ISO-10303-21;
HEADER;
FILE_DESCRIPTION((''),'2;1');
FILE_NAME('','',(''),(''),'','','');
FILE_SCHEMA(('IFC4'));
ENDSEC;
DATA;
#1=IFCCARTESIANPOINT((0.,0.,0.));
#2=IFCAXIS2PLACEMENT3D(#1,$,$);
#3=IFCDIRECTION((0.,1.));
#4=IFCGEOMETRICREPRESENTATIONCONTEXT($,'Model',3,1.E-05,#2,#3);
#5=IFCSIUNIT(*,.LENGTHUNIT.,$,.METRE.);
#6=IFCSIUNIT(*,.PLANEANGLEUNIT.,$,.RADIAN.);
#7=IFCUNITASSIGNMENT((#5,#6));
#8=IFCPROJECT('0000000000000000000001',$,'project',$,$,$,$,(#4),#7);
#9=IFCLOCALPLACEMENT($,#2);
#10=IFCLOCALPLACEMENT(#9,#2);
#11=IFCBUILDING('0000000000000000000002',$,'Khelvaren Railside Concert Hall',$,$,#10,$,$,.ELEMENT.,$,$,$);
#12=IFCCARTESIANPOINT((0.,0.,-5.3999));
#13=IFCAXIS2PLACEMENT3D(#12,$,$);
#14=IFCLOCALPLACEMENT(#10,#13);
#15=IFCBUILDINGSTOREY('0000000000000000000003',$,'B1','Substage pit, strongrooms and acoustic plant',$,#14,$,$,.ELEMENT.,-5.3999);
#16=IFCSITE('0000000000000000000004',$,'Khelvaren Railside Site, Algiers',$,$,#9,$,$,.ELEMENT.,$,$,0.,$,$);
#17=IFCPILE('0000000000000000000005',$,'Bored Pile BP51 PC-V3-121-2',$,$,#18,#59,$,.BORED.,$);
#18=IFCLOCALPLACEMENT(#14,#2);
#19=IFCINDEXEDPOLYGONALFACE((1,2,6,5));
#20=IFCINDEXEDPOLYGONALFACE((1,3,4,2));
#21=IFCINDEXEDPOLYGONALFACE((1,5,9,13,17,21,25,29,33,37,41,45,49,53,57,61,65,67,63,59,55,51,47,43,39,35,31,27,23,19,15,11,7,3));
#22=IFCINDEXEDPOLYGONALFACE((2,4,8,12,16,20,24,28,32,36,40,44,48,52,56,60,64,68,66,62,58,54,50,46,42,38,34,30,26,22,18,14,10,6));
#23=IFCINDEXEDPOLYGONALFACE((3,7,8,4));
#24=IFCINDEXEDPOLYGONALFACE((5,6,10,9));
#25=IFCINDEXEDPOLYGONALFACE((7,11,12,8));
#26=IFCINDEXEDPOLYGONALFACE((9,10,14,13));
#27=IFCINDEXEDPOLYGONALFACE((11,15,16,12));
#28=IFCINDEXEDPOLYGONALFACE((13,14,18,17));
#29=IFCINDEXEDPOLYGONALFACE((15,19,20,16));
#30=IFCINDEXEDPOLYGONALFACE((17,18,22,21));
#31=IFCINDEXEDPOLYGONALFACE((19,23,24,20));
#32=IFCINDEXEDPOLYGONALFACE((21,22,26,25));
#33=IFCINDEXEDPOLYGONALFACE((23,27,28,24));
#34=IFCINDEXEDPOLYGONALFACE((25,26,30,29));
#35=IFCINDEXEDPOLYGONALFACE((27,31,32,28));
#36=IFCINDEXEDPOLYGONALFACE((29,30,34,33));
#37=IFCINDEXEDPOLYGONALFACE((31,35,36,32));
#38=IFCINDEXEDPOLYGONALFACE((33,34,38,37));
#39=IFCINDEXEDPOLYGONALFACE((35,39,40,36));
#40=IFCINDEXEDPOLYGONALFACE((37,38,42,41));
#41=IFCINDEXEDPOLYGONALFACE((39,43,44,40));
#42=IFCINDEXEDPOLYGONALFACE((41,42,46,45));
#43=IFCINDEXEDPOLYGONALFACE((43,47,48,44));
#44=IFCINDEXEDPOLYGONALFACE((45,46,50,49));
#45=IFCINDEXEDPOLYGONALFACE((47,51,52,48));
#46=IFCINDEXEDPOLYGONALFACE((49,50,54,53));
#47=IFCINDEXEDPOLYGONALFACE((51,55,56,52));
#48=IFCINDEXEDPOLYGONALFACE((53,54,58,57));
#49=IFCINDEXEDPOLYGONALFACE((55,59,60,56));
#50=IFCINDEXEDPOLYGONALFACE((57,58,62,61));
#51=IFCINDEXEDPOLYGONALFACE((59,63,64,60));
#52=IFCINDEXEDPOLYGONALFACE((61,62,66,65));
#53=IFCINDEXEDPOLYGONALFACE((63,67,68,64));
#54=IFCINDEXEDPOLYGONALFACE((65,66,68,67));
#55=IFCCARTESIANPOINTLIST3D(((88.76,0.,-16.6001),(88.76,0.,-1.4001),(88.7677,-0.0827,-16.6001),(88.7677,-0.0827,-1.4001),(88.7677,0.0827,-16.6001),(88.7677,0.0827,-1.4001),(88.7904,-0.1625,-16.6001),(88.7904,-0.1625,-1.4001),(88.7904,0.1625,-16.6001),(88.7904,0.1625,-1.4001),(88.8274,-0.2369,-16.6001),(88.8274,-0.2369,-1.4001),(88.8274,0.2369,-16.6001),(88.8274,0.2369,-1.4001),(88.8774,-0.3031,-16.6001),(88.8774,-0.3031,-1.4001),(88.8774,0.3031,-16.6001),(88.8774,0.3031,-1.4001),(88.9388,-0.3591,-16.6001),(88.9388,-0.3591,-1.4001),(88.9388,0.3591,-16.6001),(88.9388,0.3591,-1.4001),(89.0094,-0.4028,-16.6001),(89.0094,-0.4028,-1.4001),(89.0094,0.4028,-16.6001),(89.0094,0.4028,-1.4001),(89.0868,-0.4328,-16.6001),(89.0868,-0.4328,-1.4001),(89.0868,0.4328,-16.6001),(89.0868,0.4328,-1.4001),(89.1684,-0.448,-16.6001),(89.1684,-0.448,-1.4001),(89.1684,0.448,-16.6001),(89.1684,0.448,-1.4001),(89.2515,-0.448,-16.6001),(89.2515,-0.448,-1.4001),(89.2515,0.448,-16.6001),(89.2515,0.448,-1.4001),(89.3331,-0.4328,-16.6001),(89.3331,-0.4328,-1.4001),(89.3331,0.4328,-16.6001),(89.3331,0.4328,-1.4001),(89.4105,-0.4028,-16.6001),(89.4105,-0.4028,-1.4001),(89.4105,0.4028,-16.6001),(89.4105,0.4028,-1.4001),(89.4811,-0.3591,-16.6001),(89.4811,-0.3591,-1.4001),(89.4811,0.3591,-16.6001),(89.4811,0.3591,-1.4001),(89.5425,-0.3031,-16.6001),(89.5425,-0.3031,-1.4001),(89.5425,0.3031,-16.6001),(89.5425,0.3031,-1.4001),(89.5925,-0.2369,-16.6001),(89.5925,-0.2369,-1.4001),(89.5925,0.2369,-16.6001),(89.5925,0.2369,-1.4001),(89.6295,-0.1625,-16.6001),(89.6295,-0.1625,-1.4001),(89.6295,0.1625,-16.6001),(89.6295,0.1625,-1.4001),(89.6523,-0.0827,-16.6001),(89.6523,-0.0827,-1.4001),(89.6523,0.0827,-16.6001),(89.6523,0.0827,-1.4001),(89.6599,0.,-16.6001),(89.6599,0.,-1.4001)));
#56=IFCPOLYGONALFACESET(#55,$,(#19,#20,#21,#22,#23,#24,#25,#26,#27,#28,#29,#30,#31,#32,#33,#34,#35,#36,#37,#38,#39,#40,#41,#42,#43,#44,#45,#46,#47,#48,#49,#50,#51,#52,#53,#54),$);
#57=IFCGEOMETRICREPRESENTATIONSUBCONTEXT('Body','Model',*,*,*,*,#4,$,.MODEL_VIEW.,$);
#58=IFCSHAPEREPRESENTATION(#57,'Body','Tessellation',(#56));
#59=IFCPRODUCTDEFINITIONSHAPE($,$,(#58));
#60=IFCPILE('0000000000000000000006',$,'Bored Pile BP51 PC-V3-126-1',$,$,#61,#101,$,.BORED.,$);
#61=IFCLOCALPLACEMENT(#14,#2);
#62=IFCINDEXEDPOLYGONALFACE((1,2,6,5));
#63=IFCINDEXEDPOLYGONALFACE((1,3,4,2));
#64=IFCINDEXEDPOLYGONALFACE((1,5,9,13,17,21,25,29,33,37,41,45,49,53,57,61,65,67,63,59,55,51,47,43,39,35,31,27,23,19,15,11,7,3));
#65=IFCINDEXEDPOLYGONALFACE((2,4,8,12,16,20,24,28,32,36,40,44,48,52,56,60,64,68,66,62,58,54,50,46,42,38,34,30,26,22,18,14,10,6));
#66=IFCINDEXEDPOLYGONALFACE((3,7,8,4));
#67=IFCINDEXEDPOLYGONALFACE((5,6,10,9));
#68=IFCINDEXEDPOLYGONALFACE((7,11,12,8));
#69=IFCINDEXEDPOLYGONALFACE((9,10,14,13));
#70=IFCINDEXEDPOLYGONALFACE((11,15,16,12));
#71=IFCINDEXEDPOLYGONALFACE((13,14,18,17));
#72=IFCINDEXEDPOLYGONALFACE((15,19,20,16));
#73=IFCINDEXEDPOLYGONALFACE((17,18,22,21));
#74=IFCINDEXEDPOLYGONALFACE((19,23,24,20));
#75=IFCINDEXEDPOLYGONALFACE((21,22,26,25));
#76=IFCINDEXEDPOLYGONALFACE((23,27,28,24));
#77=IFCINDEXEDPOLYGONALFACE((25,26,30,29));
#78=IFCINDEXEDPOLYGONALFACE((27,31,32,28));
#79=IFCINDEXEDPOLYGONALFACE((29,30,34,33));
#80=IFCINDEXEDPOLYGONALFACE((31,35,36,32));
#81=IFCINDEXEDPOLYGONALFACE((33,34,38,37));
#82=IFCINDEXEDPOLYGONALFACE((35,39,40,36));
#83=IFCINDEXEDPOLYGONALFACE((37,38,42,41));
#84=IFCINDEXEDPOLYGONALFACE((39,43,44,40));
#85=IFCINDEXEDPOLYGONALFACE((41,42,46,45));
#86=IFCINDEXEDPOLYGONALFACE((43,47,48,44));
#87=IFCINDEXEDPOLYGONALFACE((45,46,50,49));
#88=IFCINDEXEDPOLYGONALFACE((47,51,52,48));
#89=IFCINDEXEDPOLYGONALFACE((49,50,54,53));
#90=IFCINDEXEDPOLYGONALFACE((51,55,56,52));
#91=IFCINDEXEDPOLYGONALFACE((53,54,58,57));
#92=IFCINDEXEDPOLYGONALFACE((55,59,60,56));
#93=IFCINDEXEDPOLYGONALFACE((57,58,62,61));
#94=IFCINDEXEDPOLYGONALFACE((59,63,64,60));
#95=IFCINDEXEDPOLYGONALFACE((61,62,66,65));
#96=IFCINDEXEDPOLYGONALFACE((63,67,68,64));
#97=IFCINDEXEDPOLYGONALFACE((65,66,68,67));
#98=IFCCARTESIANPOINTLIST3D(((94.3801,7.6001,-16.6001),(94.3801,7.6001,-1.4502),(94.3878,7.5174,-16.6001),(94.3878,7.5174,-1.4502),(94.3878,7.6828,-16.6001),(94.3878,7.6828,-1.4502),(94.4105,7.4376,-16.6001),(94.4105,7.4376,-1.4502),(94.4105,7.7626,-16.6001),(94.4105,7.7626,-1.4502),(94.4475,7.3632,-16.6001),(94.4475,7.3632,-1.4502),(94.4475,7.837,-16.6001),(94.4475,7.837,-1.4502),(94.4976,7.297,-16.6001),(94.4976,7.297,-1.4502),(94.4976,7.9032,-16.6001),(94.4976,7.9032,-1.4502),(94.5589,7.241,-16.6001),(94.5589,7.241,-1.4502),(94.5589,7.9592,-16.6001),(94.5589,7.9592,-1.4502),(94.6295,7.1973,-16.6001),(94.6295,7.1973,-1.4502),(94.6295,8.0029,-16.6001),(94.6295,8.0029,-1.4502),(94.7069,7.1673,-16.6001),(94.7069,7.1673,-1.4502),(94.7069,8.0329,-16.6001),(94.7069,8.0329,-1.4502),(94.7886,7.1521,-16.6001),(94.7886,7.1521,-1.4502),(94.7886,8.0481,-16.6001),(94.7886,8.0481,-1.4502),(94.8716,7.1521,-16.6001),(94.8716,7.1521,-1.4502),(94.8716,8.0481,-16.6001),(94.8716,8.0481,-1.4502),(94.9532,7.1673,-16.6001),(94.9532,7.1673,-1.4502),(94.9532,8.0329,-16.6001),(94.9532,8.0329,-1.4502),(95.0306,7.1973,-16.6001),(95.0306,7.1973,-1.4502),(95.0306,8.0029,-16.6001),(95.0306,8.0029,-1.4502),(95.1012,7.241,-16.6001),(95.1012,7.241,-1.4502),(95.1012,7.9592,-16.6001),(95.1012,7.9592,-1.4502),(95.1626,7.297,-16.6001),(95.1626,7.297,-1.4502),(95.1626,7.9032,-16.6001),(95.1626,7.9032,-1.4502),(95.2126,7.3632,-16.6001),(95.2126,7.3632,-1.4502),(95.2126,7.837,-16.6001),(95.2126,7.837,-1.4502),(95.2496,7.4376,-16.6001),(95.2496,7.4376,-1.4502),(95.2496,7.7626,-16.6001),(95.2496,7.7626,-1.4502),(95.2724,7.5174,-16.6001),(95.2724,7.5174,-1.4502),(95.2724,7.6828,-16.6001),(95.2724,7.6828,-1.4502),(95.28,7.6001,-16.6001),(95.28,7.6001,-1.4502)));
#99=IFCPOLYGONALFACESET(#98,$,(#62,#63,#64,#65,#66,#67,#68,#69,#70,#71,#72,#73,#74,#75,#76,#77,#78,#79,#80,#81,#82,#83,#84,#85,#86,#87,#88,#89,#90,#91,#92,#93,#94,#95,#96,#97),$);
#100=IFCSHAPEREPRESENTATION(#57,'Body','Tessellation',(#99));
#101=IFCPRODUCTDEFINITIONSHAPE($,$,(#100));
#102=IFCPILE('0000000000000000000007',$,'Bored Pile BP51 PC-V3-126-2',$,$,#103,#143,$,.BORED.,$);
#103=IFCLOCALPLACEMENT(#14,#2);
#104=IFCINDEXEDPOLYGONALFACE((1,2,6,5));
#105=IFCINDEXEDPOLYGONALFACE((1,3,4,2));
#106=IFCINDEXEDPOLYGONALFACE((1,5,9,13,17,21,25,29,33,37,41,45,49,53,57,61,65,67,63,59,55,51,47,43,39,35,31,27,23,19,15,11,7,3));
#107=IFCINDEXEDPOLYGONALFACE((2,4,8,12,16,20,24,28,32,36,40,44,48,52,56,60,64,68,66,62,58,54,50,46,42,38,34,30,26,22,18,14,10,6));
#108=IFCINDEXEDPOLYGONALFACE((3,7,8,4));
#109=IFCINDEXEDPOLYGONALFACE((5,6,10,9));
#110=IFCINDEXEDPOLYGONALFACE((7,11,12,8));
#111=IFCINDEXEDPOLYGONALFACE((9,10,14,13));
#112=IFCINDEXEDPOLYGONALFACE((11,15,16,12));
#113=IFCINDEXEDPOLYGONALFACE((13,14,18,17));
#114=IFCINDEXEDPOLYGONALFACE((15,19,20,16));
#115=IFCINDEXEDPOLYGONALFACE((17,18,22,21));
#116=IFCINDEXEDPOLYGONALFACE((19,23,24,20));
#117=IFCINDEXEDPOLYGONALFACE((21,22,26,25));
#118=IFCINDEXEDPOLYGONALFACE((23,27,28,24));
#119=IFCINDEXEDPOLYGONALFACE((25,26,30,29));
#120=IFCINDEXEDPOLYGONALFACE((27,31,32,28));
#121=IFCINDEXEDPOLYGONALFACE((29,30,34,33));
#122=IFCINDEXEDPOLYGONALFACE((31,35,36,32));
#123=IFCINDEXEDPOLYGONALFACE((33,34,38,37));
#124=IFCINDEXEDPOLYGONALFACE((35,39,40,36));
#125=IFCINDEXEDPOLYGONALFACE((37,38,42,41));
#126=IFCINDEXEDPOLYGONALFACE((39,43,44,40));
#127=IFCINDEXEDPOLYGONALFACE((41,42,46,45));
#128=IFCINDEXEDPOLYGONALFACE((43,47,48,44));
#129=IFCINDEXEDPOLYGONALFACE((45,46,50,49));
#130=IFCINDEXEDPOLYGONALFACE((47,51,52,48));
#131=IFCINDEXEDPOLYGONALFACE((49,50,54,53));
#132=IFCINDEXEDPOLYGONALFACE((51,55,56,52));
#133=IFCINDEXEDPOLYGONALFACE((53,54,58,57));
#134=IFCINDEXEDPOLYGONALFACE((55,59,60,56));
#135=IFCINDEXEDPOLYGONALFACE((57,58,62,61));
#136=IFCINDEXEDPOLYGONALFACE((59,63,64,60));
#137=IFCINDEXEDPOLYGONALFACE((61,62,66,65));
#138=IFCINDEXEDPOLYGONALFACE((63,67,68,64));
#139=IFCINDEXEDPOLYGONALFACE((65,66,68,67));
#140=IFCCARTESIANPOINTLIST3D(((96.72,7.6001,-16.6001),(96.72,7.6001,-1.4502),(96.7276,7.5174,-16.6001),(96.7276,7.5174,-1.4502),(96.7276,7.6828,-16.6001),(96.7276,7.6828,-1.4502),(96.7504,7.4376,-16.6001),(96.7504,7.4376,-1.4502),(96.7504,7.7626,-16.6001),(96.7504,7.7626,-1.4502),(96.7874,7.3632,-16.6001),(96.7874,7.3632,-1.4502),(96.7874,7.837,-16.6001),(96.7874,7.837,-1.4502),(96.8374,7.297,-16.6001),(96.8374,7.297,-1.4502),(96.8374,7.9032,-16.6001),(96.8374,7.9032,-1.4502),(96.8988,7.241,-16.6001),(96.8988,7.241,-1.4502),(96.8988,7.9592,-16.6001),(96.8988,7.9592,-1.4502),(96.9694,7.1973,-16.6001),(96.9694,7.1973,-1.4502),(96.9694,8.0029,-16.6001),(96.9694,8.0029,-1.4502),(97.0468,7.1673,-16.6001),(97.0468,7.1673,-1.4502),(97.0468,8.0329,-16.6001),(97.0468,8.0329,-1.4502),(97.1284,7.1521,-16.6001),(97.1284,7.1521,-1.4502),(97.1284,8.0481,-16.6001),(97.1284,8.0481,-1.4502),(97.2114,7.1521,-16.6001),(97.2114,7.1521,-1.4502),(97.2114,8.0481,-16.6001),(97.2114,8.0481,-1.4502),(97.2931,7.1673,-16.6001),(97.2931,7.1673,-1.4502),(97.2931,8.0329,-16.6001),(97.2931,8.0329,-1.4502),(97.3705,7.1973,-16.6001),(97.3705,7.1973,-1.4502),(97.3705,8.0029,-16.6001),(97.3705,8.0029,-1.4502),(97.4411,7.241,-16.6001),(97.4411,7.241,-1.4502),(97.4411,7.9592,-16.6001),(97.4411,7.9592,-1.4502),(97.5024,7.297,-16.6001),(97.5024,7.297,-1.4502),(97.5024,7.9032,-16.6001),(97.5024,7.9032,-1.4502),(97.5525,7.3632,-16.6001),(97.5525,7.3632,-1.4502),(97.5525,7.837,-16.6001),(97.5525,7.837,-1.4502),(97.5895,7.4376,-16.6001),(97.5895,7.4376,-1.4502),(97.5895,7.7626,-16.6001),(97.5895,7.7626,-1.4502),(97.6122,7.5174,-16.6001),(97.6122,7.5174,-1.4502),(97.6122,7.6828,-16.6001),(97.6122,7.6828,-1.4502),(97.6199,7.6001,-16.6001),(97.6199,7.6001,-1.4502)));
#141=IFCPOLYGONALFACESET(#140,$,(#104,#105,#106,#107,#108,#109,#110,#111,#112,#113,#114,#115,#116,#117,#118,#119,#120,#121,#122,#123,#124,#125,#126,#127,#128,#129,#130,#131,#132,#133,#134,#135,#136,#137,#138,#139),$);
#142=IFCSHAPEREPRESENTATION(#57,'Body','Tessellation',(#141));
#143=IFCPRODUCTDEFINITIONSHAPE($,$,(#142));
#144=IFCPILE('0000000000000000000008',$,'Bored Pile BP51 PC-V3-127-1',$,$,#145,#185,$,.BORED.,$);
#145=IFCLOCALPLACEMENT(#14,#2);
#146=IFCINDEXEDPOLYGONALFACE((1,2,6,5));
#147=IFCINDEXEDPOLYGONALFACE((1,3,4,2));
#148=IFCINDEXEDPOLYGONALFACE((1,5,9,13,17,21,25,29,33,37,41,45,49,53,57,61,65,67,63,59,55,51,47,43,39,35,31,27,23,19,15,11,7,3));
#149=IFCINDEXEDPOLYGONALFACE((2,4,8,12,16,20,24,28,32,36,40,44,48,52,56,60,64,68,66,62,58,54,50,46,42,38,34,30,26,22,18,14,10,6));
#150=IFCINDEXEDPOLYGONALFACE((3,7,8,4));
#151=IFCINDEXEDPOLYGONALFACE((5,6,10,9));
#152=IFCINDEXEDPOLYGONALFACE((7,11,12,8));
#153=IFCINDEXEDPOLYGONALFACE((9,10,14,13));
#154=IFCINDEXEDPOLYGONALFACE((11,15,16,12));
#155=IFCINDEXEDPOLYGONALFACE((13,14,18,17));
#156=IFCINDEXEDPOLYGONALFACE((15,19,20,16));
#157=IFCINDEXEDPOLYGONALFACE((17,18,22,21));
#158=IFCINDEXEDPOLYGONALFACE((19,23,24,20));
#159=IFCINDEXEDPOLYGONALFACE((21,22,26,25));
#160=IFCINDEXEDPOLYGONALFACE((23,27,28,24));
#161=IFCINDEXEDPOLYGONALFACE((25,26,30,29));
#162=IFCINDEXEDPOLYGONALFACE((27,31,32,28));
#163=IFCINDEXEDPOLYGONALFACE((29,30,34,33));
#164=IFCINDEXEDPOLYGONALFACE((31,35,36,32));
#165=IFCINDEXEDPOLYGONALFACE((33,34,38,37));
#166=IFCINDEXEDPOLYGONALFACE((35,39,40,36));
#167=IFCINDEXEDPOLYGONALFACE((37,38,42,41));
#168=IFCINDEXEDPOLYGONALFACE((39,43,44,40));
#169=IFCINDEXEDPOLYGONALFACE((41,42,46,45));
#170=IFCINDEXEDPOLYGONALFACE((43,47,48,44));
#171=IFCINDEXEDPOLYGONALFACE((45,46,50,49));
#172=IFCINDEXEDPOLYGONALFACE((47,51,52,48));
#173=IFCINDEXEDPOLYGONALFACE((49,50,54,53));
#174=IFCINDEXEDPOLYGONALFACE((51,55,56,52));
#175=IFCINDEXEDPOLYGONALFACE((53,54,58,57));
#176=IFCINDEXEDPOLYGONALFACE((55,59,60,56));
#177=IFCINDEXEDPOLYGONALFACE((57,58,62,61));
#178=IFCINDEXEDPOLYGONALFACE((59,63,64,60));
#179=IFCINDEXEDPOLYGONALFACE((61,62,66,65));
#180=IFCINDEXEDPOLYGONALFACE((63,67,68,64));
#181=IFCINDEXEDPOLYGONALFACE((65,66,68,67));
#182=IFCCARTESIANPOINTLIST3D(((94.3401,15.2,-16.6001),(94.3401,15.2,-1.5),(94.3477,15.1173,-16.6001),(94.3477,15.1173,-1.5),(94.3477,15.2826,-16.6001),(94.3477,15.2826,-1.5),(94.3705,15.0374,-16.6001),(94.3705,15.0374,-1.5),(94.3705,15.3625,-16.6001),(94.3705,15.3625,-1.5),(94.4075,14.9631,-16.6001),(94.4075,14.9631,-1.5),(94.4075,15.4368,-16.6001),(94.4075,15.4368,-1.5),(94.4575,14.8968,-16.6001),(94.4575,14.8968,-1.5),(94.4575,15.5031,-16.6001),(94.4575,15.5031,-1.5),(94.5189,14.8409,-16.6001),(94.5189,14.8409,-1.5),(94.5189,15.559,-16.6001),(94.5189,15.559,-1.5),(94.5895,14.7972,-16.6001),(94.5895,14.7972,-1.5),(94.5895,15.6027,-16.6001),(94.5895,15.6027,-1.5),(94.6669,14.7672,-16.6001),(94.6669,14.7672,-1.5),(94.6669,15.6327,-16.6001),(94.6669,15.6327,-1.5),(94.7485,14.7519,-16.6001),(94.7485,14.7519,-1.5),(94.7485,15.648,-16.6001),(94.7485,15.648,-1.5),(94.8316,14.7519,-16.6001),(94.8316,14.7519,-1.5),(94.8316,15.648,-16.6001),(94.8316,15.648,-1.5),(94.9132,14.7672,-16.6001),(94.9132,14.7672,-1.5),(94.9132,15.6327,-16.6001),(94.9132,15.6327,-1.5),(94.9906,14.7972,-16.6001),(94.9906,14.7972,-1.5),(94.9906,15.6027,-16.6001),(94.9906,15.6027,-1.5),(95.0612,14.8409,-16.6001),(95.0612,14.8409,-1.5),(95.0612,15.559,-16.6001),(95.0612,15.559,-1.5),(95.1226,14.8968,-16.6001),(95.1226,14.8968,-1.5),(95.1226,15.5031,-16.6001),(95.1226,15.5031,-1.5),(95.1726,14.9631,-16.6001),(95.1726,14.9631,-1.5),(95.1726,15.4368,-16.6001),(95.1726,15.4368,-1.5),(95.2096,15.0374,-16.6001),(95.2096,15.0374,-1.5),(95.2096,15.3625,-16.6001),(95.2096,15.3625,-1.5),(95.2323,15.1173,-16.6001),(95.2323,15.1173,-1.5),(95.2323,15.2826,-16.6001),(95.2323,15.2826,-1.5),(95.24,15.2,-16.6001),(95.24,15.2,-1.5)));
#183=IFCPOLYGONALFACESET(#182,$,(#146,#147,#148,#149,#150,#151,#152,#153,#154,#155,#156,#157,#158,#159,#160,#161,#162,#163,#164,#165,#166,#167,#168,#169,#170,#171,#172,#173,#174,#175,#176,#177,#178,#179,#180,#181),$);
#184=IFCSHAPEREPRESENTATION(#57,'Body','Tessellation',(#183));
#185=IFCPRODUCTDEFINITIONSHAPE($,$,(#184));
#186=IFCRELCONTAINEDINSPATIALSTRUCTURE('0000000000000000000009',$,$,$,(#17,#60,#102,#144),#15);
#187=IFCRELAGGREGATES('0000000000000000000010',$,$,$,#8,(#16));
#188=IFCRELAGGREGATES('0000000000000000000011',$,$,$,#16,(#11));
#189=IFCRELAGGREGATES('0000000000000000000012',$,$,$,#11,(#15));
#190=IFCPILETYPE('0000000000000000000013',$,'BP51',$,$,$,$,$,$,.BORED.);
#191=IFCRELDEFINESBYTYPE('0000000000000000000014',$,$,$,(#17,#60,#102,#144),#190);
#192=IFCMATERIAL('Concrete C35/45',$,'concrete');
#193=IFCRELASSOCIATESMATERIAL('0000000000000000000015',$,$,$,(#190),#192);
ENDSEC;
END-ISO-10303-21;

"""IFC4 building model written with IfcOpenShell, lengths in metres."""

from ifc_helpers import new_model, si_unit, direction, frame, origin, origin_2d, place, context, subcontext, project, spatial, circle, extrude, material, material_profile, profile_set, type_object, element, save


model = new_model("IFC4")

# Units and contexts
model_context = context("Model", 3, precision=1e-05, world=origin(), true_north=direction((0.0, 1.0)))
body_context = subcontext(model_context, "Body", "Model", "MODEL_VIEW")
ifc_project = project(units=[si_unit("LENGTHUNIT", "METRE"), si_unit("PLANEANGLEUNIT", "RADIAN")], contexts=[model_context])

# Site, building, storey
site_placement = place(None, origin())
site = spatial("IfcSite", under=ifc_project, at=site_placement, Name="Khelvaren Railside Site, Algiers", CompositionType="ELEMENT", RefElevation=0.0)
building_placement = place(site_placement, origin())
building = spatial("IfcBuilding", under=site, at=building_placement, Name="Khelvaren Railside Concert Hall", CompositionType="ELEMENT")
storey_placement = place(building_placement, frame((0.0, 0.0, -5.3999)))
storey = spatial("IfcBuildingStorey", under=building, at=storey_placement, Name="B1", Description="Substage pit, strongrooms and acoustic plant", CompositionType="ELEMENT", Elevation=-5.3999)

# Piles
ifc_material_1 = material(Name="Concrete C35/45", Category="concrete")
ifc_material_profile_1 = material_profile(ifc_material_1, circle(Radius=0.45, at=origin_2d()), Name="BP D900")
ifc_profile_set_1 = profile_set([ifc_material_profile_1], Name="Concrete C35/45")
pile_type_1 = type_object("IfcPileType", Name="BP51", PredefinedType="BORED", material=ifc_profile_set_1)
pile_1_placement = place(storey_placement, frame((89.21, 0.0, -1.4001), z_axis=(0.0, 0.0, -1.0), x_axis=(1.0, 0.0, 0.0)))
element("IfcPile", 1, at=pile_1_placement, inside=storey, type_object=pile_type_1, Name="Bored Pile BP51 PC-V3-121-2", PredefinedType="BORED", context=body_context, shape_type="SweptSolid", body=[
    extrude(circle(Radius=0.45, at=origin_2d()), origin(), (0.0, 0.0, 1.0), 15.2),
])
for number, where, z_axis, x_axis, name in (
    (2, (94.8301, 7.6001, -1.4502), (0.0, 0.0, -1.0), (1.0, 0.0, 0.0), "Bored Pile BP51 PC-V3-126-1"),
    (3, (97.1699, 7.6001, -1.4502), (0.0, 0.0, -1.0), (1.0, 0.0, 0.0), "Bored Pile BP51 PC-V3-126-2"),
):
    element("IfcPile", number, at=place(storey_placement, frame(where, z_axis=z_axis, x_axis=x_axis)), inside=storey, type_object=pile_type_1, Name=name, PredefinedType="BORED", context=body_context, shape_type="SweptSolid", body=[
        extrude(circle(Radius=0.45, at=origin_2d()), origin(), (0.0, 0.0, 1.0), 15.1499),
    ])
for number, where, z_axis, x_axis, name in (
    (4, (94.79, 15.2, -1.5), (0.0, 0.0, -1.0), (1.0, 0.0, 0.0), "Bored Pile BP51 PC-V3-127-1"),
):
    element("IfcPile", number, at=place(storey_placement, frame(where, z_axis=z_axis, x_axis=x_axis)), inside=storey, type_object=pile_type_1, Name=name, PredefinedType="BORED", context=body_context, shape_type="SweptSolid", body=[
        extrude(circle(Radius=0.45, at=origin_2d()), origin(), (0.0, 0.0, 1.0), 15.1001),
    ])

save(model, "model.ifc")
